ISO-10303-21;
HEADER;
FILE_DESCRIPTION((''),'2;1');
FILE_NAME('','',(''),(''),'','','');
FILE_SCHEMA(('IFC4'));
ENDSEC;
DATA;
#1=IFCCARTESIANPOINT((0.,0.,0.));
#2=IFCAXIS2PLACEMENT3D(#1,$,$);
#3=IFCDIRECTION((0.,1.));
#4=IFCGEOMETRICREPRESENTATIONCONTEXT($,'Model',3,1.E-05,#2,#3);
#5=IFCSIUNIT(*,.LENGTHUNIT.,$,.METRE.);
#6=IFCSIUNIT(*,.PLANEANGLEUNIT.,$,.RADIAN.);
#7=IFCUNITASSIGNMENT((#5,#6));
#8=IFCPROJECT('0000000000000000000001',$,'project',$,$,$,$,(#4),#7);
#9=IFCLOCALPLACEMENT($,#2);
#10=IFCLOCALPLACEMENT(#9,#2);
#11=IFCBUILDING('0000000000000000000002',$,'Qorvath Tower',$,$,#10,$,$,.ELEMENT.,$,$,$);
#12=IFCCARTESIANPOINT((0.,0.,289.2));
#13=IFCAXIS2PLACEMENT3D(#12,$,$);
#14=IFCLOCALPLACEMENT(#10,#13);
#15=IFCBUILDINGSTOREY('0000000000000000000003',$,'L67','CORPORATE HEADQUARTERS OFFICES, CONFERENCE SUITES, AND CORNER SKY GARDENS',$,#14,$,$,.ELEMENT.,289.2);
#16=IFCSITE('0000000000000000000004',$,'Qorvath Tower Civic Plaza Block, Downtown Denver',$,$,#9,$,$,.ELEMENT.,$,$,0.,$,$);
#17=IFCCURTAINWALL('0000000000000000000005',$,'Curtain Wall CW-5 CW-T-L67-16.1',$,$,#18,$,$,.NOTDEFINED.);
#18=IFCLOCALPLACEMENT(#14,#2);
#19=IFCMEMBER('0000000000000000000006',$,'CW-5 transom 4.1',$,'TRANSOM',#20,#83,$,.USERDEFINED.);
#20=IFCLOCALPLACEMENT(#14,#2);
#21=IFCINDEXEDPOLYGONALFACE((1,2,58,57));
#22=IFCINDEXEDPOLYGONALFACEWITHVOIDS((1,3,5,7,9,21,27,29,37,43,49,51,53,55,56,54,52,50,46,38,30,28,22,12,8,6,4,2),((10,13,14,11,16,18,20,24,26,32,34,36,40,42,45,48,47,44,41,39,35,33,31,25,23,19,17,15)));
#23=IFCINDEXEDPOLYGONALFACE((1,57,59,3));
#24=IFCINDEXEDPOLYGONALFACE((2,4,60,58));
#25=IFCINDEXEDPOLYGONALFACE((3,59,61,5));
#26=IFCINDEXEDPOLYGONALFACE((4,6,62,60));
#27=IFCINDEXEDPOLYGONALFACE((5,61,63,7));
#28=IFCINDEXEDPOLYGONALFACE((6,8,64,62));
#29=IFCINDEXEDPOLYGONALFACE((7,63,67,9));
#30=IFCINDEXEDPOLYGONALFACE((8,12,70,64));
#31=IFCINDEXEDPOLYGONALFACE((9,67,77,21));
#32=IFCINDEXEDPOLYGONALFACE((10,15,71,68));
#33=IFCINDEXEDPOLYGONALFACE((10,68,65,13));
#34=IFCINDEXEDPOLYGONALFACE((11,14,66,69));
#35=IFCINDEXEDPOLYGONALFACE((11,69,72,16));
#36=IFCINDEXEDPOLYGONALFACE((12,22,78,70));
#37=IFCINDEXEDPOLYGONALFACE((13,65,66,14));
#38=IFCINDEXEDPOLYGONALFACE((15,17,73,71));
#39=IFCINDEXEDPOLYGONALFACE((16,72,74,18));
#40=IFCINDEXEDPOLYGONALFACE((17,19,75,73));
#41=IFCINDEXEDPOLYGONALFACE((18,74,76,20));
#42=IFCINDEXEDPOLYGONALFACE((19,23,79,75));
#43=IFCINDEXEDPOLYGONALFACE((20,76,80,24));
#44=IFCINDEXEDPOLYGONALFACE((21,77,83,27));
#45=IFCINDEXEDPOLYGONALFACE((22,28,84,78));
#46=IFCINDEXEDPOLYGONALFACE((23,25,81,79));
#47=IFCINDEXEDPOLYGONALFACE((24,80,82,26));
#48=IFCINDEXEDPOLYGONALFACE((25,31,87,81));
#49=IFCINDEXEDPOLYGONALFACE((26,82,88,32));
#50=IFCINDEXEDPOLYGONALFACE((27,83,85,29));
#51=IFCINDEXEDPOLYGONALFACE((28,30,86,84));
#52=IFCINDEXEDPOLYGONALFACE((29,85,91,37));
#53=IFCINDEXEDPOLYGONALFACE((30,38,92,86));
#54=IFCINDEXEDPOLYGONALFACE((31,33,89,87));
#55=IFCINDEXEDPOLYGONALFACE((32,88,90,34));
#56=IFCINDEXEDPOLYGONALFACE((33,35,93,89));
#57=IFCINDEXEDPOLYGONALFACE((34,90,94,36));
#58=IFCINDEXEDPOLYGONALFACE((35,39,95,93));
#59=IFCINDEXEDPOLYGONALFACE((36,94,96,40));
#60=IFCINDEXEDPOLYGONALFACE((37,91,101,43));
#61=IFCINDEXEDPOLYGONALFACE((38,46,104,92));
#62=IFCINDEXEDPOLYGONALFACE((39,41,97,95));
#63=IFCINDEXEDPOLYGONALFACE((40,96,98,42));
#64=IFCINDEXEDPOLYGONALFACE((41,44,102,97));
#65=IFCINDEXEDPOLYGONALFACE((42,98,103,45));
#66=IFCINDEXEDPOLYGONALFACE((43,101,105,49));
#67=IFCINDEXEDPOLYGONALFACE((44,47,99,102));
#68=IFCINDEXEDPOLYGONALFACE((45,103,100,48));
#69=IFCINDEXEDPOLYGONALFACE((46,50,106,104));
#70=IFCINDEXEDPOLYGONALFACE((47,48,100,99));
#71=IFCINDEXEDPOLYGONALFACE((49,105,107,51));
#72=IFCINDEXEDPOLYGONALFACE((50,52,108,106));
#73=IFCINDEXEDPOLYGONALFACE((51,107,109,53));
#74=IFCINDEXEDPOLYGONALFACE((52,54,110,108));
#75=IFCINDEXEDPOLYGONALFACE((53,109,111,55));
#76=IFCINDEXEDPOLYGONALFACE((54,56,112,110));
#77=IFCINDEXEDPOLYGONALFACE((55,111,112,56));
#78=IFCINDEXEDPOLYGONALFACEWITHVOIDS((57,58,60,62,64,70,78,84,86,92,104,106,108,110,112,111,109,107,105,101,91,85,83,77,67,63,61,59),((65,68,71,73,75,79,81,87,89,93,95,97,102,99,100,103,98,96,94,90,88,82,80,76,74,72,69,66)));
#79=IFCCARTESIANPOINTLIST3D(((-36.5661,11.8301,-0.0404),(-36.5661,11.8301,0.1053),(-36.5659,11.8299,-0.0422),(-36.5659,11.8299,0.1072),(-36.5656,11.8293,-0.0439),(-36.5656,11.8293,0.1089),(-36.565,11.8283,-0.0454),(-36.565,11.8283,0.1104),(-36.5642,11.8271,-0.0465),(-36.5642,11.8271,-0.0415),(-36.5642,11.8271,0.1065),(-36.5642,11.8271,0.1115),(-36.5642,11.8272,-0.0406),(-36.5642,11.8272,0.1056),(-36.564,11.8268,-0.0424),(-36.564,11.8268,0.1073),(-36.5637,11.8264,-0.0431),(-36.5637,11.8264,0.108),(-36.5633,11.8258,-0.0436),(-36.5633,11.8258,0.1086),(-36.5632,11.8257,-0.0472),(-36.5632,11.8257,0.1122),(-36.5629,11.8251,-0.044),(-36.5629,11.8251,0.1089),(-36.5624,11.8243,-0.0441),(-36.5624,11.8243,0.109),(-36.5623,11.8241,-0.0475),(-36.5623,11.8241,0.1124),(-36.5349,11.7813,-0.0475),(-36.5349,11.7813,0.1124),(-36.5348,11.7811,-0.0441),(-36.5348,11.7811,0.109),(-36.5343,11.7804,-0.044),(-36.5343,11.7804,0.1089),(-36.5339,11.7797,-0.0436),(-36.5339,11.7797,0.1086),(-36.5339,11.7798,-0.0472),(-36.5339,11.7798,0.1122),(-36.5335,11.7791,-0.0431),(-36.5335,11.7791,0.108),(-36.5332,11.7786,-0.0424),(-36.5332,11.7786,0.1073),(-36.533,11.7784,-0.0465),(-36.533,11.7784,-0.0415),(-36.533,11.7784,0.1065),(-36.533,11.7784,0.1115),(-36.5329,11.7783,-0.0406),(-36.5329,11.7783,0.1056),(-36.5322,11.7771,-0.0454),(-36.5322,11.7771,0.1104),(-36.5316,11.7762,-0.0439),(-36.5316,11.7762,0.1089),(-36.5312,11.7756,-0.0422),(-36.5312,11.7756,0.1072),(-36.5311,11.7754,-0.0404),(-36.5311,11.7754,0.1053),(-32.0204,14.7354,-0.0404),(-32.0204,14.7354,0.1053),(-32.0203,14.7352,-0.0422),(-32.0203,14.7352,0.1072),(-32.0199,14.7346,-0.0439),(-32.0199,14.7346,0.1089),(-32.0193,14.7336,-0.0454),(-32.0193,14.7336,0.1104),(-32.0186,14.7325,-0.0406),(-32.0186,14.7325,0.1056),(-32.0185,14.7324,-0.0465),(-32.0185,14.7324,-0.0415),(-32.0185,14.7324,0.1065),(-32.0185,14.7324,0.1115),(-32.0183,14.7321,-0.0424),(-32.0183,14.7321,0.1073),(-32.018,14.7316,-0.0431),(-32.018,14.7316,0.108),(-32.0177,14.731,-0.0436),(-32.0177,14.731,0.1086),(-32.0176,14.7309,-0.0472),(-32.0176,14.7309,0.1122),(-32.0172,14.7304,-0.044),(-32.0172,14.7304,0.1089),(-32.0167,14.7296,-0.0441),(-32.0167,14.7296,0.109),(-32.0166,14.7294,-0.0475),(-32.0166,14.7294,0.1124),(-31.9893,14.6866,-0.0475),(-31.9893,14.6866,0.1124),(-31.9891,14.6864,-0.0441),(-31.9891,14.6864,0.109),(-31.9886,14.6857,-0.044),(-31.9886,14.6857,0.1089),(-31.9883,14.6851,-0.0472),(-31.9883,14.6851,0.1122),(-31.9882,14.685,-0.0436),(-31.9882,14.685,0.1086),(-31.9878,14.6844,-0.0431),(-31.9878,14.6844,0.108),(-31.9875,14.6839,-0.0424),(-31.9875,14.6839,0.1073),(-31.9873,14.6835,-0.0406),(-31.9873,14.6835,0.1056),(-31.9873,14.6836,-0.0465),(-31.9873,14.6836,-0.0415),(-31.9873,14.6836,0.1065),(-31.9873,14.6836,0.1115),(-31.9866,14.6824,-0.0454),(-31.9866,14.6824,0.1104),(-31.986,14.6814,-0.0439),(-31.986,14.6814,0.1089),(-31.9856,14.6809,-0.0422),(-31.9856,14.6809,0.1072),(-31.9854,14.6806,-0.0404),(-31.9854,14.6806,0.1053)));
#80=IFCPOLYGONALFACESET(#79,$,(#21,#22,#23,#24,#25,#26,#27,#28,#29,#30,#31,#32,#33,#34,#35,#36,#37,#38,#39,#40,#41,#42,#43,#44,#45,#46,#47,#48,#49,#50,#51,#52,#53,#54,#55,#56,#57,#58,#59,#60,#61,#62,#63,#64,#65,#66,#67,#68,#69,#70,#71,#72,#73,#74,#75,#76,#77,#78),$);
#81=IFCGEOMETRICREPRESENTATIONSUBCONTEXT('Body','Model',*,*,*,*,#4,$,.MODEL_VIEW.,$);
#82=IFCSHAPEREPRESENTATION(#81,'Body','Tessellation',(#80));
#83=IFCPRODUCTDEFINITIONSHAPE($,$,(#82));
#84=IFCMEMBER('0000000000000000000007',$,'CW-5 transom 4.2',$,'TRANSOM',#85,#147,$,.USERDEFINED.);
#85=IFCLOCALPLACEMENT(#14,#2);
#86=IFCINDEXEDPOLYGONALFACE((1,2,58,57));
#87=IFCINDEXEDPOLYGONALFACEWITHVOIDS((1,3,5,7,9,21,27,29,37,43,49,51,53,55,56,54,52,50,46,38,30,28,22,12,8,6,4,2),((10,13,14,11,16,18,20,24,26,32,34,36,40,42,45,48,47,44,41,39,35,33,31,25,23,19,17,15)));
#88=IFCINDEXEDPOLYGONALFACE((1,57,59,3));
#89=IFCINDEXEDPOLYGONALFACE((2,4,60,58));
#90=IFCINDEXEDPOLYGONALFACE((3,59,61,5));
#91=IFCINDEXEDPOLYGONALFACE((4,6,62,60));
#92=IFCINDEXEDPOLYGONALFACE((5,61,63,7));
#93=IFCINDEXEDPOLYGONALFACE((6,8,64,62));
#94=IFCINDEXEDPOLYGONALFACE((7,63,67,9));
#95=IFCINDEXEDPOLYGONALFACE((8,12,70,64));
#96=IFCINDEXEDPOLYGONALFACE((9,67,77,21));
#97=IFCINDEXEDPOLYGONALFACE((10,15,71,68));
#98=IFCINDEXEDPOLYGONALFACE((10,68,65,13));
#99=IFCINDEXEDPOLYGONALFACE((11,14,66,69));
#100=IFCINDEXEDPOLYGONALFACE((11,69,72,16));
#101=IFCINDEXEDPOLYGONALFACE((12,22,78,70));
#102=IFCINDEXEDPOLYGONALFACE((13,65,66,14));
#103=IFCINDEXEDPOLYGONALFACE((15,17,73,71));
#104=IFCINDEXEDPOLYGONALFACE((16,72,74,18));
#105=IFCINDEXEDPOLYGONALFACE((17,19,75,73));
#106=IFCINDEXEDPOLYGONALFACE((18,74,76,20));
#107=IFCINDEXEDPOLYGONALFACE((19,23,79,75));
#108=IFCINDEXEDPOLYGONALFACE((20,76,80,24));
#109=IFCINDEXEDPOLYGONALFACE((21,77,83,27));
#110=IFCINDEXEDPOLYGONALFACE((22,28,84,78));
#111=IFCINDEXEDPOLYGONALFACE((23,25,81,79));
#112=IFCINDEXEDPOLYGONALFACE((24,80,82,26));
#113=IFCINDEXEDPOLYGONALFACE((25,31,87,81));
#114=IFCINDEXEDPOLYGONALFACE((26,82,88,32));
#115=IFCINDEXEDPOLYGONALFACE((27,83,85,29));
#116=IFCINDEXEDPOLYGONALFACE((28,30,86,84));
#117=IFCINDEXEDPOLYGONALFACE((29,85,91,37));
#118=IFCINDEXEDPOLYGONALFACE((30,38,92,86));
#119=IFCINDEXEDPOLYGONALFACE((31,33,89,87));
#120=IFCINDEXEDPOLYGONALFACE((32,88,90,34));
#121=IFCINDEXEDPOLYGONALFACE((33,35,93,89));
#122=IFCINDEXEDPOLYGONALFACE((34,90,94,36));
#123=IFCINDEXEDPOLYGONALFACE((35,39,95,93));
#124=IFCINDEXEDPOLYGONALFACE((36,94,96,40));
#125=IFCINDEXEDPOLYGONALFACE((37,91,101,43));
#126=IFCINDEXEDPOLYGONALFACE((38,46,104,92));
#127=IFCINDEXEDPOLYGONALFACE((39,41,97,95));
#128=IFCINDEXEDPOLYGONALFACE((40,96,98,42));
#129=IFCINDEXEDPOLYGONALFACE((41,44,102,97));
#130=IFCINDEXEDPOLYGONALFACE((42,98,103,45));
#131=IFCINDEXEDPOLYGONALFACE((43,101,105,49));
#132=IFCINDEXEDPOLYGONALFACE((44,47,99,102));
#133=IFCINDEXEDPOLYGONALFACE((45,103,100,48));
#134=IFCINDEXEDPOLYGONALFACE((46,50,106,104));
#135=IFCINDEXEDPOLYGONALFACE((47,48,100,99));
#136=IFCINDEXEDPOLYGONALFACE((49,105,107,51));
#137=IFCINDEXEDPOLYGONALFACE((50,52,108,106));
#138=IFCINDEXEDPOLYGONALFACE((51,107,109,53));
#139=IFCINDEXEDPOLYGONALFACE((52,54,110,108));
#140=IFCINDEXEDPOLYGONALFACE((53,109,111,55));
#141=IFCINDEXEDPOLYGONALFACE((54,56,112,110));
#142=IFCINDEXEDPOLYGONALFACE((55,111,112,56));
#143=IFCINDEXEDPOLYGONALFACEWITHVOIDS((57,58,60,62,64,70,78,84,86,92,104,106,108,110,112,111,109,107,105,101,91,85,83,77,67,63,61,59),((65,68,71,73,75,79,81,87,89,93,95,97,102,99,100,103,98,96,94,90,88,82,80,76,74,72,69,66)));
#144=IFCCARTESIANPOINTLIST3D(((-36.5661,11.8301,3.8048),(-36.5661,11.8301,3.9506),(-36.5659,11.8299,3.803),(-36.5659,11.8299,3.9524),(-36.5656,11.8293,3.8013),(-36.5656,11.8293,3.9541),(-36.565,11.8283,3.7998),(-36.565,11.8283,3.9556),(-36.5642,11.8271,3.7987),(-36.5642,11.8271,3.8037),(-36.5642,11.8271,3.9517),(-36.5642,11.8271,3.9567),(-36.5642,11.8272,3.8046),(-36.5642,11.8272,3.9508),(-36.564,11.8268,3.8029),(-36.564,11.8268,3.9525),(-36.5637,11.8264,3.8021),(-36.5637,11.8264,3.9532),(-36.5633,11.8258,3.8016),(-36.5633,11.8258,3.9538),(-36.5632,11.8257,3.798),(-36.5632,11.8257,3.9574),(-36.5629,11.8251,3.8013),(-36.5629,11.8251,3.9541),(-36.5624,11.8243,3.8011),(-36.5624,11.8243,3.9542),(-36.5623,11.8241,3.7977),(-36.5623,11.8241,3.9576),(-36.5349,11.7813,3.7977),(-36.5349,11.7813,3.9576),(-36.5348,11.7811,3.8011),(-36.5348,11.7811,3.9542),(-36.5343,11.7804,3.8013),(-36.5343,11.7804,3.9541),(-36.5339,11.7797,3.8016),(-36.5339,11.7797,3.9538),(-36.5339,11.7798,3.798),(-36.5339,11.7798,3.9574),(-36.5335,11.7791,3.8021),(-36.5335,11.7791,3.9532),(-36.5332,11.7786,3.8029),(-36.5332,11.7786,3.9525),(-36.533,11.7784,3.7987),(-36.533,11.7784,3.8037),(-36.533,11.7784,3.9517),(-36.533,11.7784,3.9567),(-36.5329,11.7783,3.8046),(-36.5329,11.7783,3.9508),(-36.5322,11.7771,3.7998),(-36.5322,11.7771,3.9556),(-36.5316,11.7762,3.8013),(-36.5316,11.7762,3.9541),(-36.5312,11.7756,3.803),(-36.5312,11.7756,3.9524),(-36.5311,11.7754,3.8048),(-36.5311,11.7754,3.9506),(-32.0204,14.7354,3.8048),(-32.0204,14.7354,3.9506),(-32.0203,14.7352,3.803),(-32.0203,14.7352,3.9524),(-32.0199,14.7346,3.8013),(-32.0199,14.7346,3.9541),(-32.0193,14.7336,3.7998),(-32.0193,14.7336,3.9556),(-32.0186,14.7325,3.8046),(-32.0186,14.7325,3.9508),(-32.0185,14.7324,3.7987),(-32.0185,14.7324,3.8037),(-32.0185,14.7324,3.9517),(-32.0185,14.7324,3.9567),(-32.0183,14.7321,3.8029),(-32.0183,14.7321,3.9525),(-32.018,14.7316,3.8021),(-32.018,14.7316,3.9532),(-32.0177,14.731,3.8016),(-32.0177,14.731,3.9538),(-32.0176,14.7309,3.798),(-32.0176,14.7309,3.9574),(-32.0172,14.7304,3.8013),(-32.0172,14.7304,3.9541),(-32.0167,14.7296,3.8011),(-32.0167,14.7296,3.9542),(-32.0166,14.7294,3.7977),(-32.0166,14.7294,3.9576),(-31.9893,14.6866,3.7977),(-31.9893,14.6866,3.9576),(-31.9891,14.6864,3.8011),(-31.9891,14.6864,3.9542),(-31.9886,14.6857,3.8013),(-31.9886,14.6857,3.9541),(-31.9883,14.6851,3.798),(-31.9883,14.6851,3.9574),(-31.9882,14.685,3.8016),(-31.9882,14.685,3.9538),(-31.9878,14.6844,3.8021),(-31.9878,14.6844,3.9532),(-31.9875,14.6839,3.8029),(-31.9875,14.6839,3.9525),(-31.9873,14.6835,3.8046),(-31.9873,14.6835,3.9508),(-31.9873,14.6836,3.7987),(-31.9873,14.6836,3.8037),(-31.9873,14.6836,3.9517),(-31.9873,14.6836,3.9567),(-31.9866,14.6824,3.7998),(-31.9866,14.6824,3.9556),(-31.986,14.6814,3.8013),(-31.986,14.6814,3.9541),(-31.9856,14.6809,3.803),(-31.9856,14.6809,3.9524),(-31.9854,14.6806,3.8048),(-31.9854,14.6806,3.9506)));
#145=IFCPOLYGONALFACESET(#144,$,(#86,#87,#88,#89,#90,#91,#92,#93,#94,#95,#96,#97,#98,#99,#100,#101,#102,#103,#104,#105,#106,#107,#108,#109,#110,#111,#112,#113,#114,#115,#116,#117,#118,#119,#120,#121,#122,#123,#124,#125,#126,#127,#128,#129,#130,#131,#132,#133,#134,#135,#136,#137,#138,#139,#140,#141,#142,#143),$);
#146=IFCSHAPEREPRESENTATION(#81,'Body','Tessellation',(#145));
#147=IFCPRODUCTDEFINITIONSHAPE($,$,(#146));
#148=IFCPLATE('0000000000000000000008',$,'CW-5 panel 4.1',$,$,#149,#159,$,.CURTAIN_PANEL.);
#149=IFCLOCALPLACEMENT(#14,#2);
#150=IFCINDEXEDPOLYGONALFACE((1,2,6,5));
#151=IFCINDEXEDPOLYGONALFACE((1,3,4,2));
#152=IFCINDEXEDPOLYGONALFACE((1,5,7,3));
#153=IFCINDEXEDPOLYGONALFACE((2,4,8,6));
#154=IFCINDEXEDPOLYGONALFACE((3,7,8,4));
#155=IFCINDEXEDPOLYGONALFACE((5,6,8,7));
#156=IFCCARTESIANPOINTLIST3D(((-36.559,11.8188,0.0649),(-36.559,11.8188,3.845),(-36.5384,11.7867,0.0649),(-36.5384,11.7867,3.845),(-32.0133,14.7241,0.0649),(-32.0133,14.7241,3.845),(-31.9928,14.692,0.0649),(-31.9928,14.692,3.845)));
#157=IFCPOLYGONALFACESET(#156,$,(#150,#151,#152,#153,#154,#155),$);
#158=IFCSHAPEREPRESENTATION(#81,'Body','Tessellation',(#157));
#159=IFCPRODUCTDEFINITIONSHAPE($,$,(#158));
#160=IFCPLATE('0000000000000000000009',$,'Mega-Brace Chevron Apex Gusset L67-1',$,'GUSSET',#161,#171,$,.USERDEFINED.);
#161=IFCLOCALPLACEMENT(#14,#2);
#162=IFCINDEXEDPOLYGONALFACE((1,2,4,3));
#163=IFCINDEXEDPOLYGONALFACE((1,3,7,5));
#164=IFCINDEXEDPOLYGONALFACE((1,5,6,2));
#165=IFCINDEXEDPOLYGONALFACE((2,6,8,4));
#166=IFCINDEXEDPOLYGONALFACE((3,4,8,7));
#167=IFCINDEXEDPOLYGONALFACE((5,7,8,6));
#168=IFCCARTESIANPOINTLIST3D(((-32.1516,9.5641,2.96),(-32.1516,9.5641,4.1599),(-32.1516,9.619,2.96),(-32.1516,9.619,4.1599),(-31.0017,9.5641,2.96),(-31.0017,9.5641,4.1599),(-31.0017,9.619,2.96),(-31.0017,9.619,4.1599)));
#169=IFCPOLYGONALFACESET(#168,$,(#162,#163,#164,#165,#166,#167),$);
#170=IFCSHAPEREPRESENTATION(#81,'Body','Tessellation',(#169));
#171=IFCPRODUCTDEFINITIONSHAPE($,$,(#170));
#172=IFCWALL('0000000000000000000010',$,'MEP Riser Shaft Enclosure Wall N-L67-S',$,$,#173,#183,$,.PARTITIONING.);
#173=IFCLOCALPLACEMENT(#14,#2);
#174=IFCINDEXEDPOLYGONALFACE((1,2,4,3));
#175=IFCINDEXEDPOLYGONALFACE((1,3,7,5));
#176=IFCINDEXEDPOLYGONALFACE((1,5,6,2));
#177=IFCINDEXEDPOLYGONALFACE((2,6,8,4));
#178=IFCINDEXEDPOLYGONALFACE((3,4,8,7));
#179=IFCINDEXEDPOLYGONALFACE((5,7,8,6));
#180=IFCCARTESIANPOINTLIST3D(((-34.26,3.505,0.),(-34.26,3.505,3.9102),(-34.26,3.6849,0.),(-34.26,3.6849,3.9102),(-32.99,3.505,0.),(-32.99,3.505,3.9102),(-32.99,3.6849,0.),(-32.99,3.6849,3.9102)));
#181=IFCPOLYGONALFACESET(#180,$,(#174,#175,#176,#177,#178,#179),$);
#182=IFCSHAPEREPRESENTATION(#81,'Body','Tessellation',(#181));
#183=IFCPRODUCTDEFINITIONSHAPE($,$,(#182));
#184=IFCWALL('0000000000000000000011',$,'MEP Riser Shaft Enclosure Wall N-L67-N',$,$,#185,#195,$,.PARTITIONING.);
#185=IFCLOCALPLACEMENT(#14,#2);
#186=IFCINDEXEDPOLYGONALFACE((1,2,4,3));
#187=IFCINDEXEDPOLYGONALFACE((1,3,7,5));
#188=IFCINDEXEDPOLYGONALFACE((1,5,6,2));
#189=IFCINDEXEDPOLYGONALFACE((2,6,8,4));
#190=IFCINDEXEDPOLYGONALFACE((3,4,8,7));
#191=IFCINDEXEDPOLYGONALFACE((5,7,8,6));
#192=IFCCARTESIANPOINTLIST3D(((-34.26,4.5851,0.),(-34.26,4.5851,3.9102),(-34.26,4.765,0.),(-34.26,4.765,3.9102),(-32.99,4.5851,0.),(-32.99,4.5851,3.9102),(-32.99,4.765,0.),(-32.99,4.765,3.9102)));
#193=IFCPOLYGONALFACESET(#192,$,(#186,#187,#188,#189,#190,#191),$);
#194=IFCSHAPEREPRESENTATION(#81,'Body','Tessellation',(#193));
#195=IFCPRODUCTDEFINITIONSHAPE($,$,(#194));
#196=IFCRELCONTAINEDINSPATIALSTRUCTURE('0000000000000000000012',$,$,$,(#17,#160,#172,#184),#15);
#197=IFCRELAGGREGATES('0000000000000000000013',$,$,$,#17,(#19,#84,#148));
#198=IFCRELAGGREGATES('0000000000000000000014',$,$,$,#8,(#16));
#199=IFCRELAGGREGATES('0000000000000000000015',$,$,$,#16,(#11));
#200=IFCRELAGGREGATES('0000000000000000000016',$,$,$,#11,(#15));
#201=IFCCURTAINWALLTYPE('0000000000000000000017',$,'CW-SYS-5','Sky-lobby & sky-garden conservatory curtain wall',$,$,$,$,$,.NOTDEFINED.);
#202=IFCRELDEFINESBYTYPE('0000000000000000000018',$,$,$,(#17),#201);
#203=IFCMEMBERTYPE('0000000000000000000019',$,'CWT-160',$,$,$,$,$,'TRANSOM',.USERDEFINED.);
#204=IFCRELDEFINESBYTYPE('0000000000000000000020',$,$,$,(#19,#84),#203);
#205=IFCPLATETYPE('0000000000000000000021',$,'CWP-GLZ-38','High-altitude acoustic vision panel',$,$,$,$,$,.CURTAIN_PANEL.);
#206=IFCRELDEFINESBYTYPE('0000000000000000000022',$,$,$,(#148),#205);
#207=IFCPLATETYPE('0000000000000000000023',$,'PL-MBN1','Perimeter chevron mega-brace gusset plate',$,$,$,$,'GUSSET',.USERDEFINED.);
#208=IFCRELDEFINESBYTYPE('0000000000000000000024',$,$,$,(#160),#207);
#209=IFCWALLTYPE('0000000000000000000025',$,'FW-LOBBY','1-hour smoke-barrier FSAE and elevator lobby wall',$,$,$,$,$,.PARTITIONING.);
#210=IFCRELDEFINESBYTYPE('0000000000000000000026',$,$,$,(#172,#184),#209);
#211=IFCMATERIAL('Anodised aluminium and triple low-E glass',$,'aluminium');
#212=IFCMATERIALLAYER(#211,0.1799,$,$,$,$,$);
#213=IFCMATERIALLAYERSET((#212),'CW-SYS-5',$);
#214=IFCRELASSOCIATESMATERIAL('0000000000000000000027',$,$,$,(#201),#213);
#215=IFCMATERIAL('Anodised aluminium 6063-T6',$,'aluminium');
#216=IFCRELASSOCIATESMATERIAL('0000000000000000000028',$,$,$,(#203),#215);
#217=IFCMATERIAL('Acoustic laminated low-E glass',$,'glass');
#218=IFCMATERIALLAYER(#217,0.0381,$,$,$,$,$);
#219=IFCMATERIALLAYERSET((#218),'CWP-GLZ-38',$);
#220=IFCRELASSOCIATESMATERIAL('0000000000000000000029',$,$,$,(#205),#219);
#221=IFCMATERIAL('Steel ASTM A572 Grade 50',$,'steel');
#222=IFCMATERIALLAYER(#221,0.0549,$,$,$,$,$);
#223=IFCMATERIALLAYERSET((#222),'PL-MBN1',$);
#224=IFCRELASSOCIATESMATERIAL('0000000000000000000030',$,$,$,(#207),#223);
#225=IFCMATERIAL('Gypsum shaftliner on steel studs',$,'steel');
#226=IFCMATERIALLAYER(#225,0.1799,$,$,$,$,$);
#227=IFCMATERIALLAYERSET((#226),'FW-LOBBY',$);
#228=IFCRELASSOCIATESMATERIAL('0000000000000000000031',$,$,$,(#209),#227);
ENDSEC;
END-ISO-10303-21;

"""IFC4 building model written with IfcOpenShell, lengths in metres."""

from ifc_helpers import new_model, si_unit, direction, frame, frame_2d, origin, origin_2d, place, context, subcontext, project, spatial, rectangle, hollow_rectangle, extrude, material, layer, layer_set, material_profile, profile_set, type_object, element, aggregate, save


model = new_model("IFC4")

# Units and contexts
model_context = context("Model", 3, precision=1e-05, world=origin(), true_north=direction((0.0, 1.0)))
body_context = subcontext(model_context, "Body", "Model", "MODEL_VIEW")
ifc_project = project(units=[si_unit("LENGTHUNIT", "METRE"), si_unit("PLANEANGLEUNIT", "RADIAN")], contexts=[model_context])

# Site, building, storey
site_placement = place(None, origin())
site = spatial("IfcSite", under=ifc_project, at=site_placement, Name="Qorvath Tower Civic Plaza Block, Downtown Denver", CompositionType="ELEMENT", RefElevation=0.0)
building_placement = place(site_placement, origin())
building = spatial("IfcBuilding", under=site, at=building_placement, Name="Qorvath Tower", CompositionType="ELEMENT")
storey_placement = place(building_placement, frame((0.0, 0.0, 289.2)))
storey = spatial("IfcBuildingStorey", under=building, at=storey_placement, Name="L67", Description="CORPORATE HEADQUARTERS OFFICES, CONFERENCE SUITES, AND CORNER SKY GARDENS", CompositionType="ELEMENT", Elevation=289.2)

# Curtain wall, members, plate
ifc_material_1 = material(Name="Anodised aluminium and triple low-E glass", Category="aluminium")
ifc_layer_1 = layer(ifc_material_1, 0.1799)
ifc_layer_set_1 = layer_set([ifc_layer_1], Name="CW-SYS-5")
curtain_wall_type = type_object("IfcCurtainWallType", Name="CW-SYS-5", Description="Sky-lobby & sky-garden conservatory curtain wall", PredefinedType="NOTDEFINED", material=ifc_layer_set_1)
curtain_wall_placement = place(storey_placement, origin())
curtain_wall = element("IfcCurtainWall", 1, at=curtain_wall_placement, inside=storey, type_object=curtain_wall_type, Name="Curtain Wall CW-5 CW-T-L67-16.1", PredefinedType="NOTDEFINED")
ifc_material_2 = material(Name="Anodised aluminium 6063-T6", Category="aluminium")
ifc_material_profile_1 = material_profile(ifc_material_2, hollow_rectangle(XDim=0.0649, YDim=0.1599, WallThickness=0.0034, InnerFilletRadius=0.0034, OuterFilletRadius=0.0071, at=origin_2d()), Name="CWT 160x65")
ifc_profile_set_1 = profile_set([ifc_material_profile_1], Name="Anodised aluminium 6063-T6")
member_type_1 = type_object("IfcMemberType", Name="CWT-160", ElementType="TRANSOM", PredefinedType="USERDEFINED", material=ifc_profile_set_1)
member_1_placement = place(storey_placement, frame((-32.0029, 14.708, 0.0325), z_axis=(-0.842603, -0.538535, 0.0), x_axis=(0.538535, -0.842603, 0.0)))
member_1 = element("IfcMember", 2, at=member_1_placement, type_object=member_type_1, Name="CW-5 transom 4.1", ObjectType="TRANSOM", PredefinedType="USERDEFINED", context=body_context, shape_type="SweptSolid", body=[
    extrude(hollow_rectangle(XDim=0.0649, YDim=0.1599, WallThickness=0.0034, InnerFilletRadius=0.0034, OuterFilletRadius=0.0071, at=origin_2d()), origin(), (0.0, 0.0, 1.0), 5.3948),
])
member_2_placement = place(storey_placement, frame((-32.0029, 14.708, 3.8777), z_axis=(-0.842603, -0.538535, 0.0), x_axis=(0.538535, -0.842603, 0.0)))
member_2 = element("IfcMember", 3, at=member_2_placement, type_object=member_type_1, Name="CW-5 transom 4.2", ObjectType="TRANSOM", PredefinedType="USERDEFINED", context=body_context, shape_type="SweptSolid", body=[
    extrude(hollow_rectangle(XDim=0.0649, YDim=0.1599, WallThickness=0.0034, InnerFilletRadius=0.0034, OuterFilletRadius=0.0071, at=origin_2d()), origin(), (0.0, 0.0, 1.0), 5.3948),
])
ifc_material_3 = material(Name="Acoustic laminated low-E glass", Category="glass")
ifc_layer_2 = layer(ifc_material_3, 0.0381)
ifc_layer_set_2 = layer_set([ifc_layer_2], Name="CWP-GLZ-38")
plate_type_1 = type_object("IfcPlateType", Name="CWP-GLZ-38", Description="High-altitude acoustic vision panel", PredefinedType="CURTAIN_PANEL", material=ifc_layer_set_2)
plate_1_placement = place(storey_placement, frame((-34.2759, 13.2554, 0.0649), z_axis=(0.0, 0.0, 1.0), x_axis=(-0.842602, -0.538537, 0.0)))
plate_1 = element("IfcPlate", 4, at=plate_1_placement, type_object=plate_type_1, Name="CW-5 panel 4.1", PredefinedType="CURTAIN_PANEL", context=body_context, shape_type="SweptSolid", body=[
    extrude(rectangle(XDim=5.3948, YDim=0.0381, at=origin_2d()), origin(), (0.0, 0.0, 1.0), 3.78),
])
aggregate(curtain_wall, [member_1, member_2, plate_1])

# Plate
ifc_material_4 = material(Name="Steel ASTM A572 Grade 50", Category="steel")
ifc_layer_3 = layer(ifc_material_4, 0.0549)
ifc_layer_set_3 = layer_set([ifc_layer_3], Name="PL-MBN1")
plate_type_2 = type_object("IfcPlateType", Name="PL-MBN1", Description="Perimeter chevron mega-brace gusset plate", ElementType="GUSSET", PredefinedType="USERDEFINED", material=ifc_layer_set_3)
plate_2_placement = place(storey_placement, frame((-31.5767, 9.5916, 2.96), z_axis=(0.0, 0.0, 1.0), x_axis=(1.0, 0.0, 0.0)))
element("IfcPlate", 5, at=plate_2_placement, inside=storey, type_object=plate_type_2, Name="Mega-Brace Chevron Apex Gusset L67-1", ObjectType="GUSSET", PredefinedType="USERDEFINED", context=body_context, shape_type="SweptSolid", body=[
    extrude(rectangle(XDim=1.1499, YDim=0.0549, at=origin_2d()), origin(), (0.0, 0.0, 1.0), 1.2),
])

# Walls
ifc_material_5 = material(Name="Gypsum shaftliner on steel studs", Category="steel")
ifc_layer_4 = layer(ifc_material_5, 0.1799)
ifc_layer_set_4 = layer_set([ifc_layer_4], Name="FW-LOBBY")
wall_type_1 = type_object("IfcWallType", Name="FW-LOBBY", Description="1-hour smoke-barrier FSAE and elevator lobby wall", PredefinedType="PARTITIONING", material=ifc_layer_set_4)
for number, where, z_axis, x_axis, name in (
    (6, (-32.99, 3.595, 0.0), (0.0, 0.0, 1.0), (-1.0, 0.0, 0.0), "MEP Riser Shaft Enclosure Wall N-L67-S"),
    (7, (-34.26, 4.675, 0.0), (0.0, 0.0, 1.0), (1.0, 0.0, 0.0), "MEP Riser Shaft Enclosure Wall N-L67-N"),
):
    element("IfcWall", number, at=place(storey_placement, frame(where, z_axis=z_axis, x_axis=x_axis)), inside=storey, type_object=wall_type_1, Name=name, PredefinedType="PARTITIONING", context=body_context, shape_type="SweptSolid", body=[
        extrude(rectangle(XDim=1.27, YDim=0.1799, at=frame_2d((0.635, 0.0))), origin(), (0.0, 0.0, 1.0), 3.9102),
    ])

save(model, "model.ifc")
